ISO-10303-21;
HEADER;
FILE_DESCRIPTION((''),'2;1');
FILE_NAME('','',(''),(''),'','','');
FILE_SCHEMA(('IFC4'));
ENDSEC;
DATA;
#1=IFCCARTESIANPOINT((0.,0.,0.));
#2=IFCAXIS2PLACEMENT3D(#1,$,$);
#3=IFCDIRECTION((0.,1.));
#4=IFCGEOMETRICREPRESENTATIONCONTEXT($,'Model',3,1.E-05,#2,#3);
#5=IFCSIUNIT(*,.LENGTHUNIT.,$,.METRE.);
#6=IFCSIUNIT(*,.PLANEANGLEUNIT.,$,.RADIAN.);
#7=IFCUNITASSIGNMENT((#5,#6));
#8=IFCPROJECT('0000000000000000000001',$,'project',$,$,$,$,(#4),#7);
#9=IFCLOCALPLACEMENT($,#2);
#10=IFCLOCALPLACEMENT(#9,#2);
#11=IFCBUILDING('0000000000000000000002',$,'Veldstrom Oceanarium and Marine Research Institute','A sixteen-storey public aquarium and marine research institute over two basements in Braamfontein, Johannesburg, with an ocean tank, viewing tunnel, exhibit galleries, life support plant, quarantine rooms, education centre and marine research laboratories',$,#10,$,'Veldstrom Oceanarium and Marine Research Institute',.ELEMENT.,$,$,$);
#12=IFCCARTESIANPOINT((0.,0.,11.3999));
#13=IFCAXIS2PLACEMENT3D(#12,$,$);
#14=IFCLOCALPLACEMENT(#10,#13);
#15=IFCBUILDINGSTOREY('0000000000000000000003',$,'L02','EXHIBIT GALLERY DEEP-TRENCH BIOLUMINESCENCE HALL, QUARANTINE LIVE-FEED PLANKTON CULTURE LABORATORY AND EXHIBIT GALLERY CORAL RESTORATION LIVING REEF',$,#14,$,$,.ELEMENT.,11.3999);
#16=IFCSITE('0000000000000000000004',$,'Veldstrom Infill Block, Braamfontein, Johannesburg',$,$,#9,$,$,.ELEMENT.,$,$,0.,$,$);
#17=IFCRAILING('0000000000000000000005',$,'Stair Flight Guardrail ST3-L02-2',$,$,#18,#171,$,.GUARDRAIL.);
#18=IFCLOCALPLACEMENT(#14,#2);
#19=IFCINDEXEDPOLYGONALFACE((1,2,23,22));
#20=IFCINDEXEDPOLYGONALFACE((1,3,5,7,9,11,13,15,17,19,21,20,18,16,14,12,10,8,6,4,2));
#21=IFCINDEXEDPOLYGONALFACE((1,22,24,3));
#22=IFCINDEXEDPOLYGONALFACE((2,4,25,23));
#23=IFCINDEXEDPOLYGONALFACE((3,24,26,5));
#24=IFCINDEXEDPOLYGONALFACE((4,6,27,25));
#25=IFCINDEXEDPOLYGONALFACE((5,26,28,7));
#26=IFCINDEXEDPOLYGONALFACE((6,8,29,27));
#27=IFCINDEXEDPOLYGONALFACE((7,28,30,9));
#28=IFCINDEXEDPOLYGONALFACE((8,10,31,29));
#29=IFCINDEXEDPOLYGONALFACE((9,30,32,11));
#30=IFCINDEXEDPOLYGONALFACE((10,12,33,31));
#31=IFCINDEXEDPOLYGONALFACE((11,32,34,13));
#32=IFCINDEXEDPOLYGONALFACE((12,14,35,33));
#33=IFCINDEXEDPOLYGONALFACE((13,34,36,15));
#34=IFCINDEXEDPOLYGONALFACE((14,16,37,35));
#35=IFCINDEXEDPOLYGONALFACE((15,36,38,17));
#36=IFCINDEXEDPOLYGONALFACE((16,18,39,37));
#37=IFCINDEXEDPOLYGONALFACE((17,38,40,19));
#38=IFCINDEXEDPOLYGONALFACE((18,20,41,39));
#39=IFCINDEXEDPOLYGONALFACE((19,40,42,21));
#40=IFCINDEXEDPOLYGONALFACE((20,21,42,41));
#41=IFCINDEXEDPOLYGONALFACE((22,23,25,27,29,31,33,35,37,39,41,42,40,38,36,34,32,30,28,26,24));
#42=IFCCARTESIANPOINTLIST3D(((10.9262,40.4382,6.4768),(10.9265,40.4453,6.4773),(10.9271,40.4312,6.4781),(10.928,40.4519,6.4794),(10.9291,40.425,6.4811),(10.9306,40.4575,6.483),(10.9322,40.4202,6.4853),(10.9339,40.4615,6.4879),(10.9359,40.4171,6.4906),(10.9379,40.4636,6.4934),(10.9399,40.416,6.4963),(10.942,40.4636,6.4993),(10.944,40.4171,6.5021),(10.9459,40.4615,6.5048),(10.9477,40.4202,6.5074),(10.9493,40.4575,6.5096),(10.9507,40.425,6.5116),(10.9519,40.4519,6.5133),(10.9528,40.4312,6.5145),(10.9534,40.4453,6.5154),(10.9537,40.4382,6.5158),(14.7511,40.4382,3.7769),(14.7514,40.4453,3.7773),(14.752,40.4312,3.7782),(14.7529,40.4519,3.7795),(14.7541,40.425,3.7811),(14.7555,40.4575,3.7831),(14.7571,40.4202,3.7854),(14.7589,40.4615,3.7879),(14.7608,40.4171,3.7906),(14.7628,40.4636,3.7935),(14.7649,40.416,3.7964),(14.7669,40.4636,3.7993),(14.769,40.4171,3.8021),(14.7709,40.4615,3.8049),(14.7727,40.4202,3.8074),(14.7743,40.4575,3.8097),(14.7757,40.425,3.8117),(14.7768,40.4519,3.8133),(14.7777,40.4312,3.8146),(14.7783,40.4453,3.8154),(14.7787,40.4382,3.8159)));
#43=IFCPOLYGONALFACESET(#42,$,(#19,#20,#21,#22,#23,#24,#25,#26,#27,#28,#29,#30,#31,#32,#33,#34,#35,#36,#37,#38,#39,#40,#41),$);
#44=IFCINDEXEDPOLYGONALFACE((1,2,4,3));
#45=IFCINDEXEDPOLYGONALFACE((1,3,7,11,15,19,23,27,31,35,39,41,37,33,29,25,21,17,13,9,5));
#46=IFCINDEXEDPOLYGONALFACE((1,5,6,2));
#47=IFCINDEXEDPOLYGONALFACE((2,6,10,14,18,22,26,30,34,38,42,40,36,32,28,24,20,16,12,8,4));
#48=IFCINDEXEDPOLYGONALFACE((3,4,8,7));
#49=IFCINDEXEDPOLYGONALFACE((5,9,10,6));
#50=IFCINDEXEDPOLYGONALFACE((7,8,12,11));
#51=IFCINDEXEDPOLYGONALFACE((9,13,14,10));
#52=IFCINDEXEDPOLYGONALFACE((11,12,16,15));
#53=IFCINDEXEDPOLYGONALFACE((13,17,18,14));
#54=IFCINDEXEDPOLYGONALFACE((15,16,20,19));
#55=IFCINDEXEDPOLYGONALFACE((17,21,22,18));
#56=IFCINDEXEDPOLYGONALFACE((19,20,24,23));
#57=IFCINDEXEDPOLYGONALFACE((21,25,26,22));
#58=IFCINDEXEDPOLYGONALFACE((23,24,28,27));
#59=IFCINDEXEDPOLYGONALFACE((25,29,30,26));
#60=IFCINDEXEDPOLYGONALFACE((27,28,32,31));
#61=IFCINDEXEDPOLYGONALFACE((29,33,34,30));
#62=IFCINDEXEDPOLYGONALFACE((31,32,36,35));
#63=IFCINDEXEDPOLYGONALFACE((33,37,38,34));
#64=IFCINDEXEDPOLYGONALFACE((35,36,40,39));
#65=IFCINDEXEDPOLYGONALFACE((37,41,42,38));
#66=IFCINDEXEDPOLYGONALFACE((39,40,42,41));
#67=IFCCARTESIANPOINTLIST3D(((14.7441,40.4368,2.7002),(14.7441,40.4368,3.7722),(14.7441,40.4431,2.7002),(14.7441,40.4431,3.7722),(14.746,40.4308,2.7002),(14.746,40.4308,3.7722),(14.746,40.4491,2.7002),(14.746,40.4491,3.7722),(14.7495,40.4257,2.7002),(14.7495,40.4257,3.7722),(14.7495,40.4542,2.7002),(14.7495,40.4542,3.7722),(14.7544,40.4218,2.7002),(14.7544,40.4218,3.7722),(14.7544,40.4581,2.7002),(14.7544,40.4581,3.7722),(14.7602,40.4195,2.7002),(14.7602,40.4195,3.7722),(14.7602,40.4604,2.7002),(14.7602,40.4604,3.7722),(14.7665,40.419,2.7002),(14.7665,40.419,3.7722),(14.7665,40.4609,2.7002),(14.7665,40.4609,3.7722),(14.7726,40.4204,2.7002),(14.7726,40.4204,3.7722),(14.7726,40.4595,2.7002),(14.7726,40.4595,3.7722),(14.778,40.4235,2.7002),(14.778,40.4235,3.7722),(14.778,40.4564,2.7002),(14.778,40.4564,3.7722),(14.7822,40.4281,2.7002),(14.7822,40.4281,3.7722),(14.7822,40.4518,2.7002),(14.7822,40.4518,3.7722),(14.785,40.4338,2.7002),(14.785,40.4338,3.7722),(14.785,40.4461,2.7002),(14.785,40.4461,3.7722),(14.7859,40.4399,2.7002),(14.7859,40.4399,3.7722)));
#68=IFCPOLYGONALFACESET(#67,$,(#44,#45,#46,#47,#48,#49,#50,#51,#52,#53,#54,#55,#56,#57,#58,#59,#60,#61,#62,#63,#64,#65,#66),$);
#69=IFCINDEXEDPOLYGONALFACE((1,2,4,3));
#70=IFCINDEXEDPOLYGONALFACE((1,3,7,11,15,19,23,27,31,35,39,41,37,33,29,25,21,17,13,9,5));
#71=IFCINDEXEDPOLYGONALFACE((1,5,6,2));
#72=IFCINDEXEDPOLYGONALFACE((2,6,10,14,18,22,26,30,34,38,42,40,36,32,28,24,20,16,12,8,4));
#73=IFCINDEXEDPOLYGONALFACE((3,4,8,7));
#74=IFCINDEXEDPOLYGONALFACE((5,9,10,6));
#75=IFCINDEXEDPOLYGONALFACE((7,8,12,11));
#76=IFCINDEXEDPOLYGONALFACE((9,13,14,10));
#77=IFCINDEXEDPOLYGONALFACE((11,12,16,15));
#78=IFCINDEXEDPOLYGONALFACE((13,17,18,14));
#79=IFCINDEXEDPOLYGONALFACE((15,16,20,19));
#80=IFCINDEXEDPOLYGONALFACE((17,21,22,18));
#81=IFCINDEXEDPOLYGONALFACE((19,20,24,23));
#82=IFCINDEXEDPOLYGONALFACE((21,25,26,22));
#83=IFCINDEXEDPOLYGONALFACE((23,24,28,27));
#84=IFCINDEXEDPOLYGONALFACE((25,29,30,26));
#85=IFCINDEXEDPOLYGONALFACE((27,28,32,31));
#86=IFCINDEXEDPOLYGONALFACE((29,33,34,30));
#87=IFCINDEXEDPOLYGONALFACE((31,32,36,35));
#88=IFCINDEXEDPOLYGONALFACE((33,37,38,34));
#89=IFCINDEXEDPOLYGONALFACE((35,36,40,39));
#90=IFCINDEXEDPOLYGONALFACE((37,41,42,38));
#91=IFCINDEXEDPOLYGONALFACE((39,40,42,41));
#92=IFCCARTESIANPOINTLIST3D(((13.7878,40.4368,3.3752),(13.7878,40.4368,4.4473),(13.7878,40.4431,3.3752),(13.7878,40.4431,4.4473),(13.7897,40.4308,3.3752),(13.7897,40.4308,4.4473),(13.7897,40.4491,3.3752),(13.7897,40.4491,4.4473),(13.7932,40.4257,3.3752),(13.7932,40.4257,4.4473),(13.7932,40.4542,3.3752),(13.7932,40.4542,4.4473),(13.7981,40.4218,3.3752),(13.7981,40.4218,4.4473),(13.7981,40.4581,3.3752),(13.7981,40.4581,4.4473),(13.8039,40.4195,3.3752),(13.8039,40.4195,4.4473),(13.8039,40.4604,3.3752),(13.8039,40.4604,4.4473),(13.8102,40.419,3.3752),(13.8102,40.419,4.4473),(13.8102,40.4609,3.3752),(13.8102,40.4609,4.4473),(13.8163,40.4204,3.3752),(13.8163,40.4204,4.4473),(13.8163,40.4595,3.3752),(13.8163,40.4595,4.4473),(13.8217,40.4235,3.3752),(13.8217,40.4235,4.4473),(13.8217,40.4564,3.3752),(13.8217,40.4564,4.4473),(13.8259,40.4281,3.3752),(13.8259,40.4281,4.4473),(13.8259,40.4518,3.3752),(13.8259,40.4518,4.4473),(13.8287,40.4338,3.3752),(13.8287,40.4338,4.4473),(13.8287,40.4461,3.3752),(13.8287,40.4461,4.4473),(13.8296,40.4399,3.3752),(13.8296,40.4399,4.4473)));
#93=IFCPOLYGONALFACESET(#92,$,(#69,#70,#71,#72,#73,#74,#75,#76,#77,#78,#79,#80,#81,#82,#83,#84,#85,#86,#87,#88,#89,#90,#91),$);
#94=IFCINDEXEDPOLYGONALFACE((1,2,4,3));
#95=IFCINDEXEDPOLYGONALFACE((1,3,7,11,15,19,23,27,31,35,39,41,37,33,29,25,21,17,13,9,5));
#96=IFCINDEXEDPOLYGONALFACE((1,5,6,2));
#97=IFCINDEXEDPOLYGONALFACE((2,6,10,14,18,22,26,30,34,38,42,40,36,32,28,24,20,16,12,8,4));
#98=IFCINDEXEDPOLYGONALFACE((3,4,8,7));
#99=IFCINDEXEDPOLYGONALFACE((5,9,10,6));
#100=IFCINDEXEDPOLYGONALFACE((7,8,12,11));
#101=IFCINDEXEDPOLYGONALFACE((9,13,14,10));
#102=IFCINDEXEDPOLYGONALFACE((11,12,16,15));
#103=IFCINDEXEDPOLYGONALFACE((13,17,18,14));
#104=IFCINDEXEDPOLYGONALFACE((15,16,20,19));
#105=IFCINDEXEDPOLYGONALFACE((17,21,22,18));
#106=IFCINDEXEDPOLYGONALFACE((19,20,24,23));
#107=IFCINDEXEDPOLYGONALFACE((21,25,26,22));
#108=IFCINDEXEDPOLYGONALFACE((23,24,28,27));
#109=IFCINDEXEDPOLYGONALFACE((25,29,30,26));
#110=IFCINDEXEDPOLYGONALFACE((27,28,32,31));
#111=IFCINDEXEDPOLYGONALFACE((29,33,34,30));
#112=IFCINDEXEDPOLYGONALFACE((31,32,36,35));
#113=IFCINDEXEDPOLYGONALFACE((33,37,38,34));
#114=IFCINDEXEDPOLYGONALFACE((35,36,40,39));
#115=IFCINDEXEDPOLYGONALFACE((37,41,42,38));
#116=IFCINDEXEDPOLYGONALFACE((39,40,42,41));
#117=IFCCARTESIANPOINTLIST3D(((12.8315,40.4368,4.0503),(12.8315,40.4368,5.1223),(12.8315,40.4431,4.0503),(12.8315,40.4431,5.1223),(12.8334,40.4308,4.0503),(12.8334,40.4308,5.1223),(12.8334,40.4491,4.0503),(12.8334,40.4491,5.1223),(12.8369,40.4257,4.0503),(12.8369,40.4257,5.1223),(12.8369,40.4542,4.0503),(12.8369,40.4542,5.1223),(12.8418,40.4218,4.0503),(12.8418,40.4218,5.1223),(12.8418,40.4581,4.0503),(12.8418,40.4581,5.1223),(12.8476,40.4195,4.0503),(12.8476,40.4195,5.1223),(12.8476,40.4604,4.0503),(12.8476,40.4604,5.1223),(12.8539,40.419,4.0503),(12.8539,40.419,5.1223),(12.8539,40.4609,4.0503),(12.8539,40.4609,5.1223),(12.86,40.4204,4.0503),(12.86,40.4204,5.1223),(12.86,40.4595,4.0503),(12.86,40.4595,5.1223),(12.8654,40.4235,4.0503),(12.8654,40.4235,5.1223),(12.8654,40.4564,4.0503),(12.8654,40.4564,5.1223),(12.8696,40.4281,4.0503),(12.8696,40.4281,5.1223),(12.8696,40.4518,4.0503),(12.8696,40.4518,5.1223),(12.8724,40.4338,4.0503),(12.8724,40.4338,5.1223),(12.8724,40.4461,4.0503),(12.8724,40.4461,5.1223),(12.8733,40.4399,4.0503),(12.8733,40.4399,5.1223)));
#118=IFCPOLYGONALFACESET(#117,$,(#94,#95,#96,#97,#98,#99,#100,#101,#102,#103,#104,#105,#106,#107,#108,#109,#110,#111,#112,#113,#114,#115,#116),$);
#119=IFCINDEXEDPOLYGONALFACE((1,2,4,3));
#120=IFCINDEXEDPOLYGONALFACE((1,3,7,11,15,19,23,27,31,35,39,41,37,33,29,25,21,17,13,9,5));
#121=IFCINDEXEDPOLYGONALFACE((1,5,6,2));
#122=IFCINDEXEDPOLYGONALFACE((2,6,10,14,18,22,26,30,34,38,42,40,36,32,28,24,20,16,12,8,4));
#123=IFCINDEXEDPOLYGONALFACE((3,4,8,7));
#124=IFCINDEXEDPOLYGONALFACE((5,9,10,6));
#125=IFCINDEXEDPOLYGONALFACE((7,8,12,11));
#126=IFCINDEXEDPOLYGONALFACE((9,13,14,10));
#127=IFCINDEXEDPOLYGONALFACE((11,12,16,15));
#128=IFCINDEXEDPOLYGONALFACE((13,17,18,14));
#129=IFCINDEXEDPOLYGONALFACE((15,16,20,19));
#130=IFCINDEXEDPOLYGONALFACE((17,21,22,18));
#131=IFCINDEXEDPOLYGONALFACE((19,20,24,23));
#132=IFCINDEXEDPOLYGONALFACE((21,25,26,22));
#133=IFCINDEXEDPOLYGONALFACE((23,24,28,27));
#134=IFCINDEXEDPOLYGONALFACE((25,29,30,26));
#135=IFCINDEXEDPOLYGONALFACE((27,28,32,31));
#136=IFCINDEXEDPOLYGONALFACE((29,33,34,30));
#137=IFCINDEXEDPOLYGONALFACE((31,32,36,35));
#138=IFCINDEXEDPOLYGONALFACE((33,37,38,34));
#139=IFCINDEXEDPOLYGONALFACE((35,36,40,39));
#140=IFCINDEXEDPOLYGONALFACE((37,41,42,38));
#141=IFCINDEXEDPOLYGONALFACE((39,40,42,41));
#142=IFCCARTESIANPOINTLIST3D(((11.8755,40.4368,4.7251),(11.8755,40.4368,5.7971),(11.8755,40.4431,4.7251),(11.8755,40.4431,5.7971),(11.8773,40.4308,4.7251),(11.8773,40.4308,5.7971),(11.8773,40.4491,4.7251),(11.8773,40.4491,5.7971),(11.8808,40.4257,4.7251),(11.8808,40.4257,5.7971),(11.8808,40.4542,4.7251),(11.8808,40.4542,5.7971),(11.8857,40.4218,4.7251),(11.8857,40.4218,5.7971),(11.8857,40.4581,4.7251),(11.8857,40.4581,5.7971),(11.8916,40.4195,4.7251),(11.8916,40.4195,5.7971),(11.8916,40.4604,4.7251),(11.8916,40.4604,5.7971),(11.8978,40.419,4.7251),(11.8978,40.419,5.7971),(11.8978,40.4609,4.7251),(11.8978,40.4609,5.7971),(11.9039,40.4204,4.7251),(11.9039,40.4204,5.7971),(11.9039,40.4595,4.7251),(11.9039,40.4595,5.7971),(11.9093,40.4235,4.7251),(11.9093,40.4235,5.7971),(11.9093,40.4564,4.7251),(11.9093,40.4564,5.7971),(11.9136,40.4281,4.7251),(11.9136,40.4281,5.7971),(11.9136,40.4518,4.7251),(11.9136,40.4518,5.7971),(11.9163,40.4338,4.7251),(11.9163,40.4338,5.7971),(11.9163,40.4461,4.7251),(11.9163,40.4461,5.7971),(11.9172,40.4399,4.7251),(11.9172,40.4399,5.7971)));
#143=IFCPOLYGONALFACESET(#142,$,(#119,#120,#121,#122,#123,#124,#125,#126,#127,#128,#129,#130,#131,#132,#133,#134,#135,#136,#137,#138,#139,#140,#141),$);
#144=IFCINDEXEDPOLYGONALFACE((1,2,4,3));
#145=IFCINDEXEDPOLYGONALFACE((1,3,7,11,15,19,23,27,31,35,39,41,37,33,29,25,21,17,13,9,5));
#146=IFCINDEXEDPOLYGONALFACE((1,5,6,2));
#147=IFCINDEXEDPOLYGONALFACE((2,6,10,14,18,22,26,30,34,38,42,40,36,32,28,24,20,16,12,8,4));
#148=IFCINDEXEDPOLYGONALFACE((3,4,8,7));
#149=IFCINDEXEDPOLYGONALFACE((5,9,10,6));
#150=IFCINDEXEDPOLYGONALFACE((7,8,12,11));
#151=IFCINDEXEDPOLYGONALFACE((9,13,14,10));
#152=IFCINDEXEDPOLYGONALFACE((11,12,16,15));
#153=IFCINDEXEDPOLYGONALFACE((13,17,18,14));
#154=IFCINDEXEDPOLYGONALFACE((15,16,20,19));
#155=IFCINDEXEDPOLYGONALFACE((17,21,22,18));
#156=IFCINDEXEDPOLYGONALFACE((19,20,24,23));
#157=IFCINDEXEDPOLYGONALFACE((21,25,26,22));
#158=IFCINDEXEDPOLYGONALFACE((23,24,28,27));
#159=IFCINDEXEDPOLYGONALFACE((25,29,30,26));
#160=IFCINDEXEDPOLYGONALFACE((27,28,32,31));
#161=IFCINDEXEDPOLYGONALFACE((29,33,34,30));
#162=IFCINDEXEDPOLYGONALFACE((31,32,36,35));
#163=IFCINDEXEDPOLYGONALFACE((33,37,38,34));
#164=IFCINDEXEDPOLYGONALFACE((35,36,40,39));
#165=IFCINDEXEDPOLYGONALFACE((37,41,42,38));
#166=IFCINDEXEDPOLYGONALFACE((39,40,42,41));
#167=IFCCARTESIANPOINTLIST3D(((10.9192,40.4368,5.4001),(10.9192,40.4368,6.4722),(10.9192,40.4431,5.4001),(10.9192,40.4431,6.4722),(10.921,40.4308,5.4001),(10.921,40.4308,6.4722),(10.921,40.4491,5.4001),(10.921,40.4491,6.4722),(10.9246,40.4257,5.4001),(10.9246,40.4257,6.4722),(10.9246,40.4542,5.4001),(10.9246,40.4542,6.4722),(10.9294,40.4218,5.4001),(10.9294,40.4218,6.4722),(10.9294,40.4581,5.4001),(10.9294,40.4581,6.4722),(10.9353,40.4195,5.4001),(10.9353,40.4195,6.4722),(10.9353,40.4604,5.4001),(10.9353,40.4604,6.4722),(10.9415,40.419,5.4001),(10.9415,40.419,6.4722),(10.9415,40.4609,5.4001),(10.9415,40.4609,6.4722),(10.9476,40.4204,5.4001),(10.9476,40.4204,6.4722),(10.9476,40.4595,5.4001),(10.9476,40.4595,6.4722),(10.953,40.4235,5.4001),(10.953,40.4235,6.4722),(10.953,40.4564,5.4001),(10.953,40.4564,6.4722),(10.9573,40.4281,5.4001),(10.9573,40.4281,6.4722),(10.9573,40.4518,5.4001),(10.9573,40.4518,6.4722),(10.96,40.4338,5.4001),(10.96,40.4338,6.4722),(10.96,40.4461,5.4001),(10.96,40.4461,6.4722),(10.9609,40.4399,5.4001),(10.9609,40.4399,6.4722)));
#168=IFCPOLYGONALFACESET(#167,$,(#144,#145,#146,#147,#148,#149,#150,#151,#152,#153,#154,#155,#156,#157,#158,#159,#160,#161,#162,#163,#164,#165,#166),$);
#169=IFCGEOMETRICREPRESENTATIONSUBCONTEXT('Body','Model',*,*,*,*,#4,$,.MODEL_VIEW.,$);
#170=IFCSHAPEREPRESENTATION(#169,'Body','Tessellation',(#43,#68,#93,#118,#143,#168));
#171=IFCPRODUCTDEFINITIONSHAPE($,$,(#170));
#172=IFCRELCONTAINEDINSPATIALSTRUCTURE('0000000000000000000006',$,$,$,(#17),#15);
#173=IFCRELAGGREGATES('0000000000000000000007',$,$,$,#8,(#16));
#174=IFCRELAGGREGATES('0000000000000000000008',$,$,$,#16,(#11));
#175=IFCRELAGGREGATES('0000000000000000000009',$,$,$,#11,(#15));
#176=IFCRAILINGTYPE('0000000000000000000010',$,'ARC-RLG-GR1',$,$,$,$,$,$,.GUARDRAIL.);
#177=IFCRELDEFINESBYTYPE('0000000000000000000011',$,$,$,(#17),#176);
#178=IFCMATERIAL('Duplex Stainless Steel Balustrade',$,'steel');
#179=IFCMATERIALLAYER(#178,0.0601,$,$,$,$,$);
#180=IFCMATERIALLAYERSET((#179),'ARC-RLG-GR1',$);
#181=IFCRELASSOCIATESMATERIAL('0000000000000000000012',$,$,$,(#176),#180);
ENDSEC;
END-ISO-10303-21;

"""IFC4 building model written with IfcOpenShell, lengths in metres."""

from ifc_helpers import new_model, si_unit, direction, frame, origin, origin_2d, place, context, subcontext, project, spatial, circle, extrude, material, layer, layer_set, type_object, element, save


model = new_model("IFC4")

# Units and contexts
model_context = context("Model", 3, precision=1e-05, world=origin(), true_north=direction((0.0, 1.0)))
body_context = subcontext(model_context, "Body", "Model", "MODEL_VIEW")
ifc_project = project(units=[si_unit("LENGTHUNIT", "METRE"), si_unit("PLANEANGLEUNIT", "RADIAN")], contexts=[model_context])

# Site, building, storey
site_placement = place(None, origin())
site = spatial("IfcSite", under=ifc_project, at=site_placement, Name="Veldstrom Infill Block, Braamfontein, Johannesburg", CompositionType="ELEMENT", RefElevation=0.0)
building_placement = place(site_placement, origin())
building = spatial("IfcBuilding", under=site, at=building_placement, Name="Veldstrom Oceanarium and Marine Research Institute", Description="A sixteen-storey public aquarium and marine research institute over two basements in Braamfontein, Johannesburg, with an ocean tank, viewing tunnel, exhibit galleries, life support plant, quarantine rooms, education centre and marine research laboratories", LongName="Veldstrom Oceanarium and Marine Research Institute", CompositionType="ELEMENT")
storey_placement = place(building_placement, frame((0.0, 0.0, 11.3999)))
storey = spatial("IfcBuildingStorey", under=building, at=storey_placement, Name="L02", Description="EXHIBIT GALLERY DEEP-TRENCH BIOLUMINESCENCE HALL, QUARANTINE LIVE-FEED PLANKTON CULTURE LABORATORY AND EXHIBIT GALLERY CORAL RESTORATION LIVING REEF", CompositionType="ELEMENT", Elevation=11.3999)

# Railing
ifc_material_1 = material(Name="Duplex Stainless Steel Balustrade", Category="steel")
ifc_layer_1 = layer(ifc_material_1, 0.0601)
ifc_layer_set_1 = layer_set([ifc_layer_1], Name="ARC-RLG-GR1")
railing_type_1 = type_object("IfcRailingType", Name="ARC-RLG-GR1", PredefinedType="GUARDRAIL", material=ifc_layer_set_1)
railing_1_placement = place(storey_placement, frame((14.7649, 40.4399, 2.7002)))
element("IfcRailing", 1, at=railing_1_placement, inside=storey, type_object=railing_type_1, Name="Stair Flight Guardrail ST3-L02-2", PredefinedType="GUARDRAIL", context=body_context, shape_type="SweptSolid", body=[
    extrude(circle(Radius=0.0239, at=origin_2d()), frame((0.0, 0.0, 1.0962), z_axis=(-0.816969, 0.0, 0.576681), x_axis=(0.0, -1.0, 0.0)), (0.0, 0.0, 1.0), 4.6819),
    extrude(circle(Radius=0.021, at=origin_2d()), origin(), (0.0, 0.0, 1.0), 1.072),
    extrude(circle(Radius=0.021, at=origin_2d()), frame((-0.9563, 0.0, 0.675)), (0.0, 0.0, 1.0), 1.072),
    extrude(circle(Radius=0.021, at=origin_2d()), frame((-1.9126, 0.0, 1.3501)), (0.0, 0.0, 1.0), 1.072),
    extrude(circle(Radius=0.021, at=origin_2d()), frame((-2.8687, 0.0, 2.0249)), (0.0, 0.0, 1.0), 1.072),
    extrude(circle(Radius=0.021, at=origin_2d()), frame((-3.825, 0.0, 2.7)), (0.0, 0.0, 1.0), 1.072),
])

save(model, "model.ifc")
